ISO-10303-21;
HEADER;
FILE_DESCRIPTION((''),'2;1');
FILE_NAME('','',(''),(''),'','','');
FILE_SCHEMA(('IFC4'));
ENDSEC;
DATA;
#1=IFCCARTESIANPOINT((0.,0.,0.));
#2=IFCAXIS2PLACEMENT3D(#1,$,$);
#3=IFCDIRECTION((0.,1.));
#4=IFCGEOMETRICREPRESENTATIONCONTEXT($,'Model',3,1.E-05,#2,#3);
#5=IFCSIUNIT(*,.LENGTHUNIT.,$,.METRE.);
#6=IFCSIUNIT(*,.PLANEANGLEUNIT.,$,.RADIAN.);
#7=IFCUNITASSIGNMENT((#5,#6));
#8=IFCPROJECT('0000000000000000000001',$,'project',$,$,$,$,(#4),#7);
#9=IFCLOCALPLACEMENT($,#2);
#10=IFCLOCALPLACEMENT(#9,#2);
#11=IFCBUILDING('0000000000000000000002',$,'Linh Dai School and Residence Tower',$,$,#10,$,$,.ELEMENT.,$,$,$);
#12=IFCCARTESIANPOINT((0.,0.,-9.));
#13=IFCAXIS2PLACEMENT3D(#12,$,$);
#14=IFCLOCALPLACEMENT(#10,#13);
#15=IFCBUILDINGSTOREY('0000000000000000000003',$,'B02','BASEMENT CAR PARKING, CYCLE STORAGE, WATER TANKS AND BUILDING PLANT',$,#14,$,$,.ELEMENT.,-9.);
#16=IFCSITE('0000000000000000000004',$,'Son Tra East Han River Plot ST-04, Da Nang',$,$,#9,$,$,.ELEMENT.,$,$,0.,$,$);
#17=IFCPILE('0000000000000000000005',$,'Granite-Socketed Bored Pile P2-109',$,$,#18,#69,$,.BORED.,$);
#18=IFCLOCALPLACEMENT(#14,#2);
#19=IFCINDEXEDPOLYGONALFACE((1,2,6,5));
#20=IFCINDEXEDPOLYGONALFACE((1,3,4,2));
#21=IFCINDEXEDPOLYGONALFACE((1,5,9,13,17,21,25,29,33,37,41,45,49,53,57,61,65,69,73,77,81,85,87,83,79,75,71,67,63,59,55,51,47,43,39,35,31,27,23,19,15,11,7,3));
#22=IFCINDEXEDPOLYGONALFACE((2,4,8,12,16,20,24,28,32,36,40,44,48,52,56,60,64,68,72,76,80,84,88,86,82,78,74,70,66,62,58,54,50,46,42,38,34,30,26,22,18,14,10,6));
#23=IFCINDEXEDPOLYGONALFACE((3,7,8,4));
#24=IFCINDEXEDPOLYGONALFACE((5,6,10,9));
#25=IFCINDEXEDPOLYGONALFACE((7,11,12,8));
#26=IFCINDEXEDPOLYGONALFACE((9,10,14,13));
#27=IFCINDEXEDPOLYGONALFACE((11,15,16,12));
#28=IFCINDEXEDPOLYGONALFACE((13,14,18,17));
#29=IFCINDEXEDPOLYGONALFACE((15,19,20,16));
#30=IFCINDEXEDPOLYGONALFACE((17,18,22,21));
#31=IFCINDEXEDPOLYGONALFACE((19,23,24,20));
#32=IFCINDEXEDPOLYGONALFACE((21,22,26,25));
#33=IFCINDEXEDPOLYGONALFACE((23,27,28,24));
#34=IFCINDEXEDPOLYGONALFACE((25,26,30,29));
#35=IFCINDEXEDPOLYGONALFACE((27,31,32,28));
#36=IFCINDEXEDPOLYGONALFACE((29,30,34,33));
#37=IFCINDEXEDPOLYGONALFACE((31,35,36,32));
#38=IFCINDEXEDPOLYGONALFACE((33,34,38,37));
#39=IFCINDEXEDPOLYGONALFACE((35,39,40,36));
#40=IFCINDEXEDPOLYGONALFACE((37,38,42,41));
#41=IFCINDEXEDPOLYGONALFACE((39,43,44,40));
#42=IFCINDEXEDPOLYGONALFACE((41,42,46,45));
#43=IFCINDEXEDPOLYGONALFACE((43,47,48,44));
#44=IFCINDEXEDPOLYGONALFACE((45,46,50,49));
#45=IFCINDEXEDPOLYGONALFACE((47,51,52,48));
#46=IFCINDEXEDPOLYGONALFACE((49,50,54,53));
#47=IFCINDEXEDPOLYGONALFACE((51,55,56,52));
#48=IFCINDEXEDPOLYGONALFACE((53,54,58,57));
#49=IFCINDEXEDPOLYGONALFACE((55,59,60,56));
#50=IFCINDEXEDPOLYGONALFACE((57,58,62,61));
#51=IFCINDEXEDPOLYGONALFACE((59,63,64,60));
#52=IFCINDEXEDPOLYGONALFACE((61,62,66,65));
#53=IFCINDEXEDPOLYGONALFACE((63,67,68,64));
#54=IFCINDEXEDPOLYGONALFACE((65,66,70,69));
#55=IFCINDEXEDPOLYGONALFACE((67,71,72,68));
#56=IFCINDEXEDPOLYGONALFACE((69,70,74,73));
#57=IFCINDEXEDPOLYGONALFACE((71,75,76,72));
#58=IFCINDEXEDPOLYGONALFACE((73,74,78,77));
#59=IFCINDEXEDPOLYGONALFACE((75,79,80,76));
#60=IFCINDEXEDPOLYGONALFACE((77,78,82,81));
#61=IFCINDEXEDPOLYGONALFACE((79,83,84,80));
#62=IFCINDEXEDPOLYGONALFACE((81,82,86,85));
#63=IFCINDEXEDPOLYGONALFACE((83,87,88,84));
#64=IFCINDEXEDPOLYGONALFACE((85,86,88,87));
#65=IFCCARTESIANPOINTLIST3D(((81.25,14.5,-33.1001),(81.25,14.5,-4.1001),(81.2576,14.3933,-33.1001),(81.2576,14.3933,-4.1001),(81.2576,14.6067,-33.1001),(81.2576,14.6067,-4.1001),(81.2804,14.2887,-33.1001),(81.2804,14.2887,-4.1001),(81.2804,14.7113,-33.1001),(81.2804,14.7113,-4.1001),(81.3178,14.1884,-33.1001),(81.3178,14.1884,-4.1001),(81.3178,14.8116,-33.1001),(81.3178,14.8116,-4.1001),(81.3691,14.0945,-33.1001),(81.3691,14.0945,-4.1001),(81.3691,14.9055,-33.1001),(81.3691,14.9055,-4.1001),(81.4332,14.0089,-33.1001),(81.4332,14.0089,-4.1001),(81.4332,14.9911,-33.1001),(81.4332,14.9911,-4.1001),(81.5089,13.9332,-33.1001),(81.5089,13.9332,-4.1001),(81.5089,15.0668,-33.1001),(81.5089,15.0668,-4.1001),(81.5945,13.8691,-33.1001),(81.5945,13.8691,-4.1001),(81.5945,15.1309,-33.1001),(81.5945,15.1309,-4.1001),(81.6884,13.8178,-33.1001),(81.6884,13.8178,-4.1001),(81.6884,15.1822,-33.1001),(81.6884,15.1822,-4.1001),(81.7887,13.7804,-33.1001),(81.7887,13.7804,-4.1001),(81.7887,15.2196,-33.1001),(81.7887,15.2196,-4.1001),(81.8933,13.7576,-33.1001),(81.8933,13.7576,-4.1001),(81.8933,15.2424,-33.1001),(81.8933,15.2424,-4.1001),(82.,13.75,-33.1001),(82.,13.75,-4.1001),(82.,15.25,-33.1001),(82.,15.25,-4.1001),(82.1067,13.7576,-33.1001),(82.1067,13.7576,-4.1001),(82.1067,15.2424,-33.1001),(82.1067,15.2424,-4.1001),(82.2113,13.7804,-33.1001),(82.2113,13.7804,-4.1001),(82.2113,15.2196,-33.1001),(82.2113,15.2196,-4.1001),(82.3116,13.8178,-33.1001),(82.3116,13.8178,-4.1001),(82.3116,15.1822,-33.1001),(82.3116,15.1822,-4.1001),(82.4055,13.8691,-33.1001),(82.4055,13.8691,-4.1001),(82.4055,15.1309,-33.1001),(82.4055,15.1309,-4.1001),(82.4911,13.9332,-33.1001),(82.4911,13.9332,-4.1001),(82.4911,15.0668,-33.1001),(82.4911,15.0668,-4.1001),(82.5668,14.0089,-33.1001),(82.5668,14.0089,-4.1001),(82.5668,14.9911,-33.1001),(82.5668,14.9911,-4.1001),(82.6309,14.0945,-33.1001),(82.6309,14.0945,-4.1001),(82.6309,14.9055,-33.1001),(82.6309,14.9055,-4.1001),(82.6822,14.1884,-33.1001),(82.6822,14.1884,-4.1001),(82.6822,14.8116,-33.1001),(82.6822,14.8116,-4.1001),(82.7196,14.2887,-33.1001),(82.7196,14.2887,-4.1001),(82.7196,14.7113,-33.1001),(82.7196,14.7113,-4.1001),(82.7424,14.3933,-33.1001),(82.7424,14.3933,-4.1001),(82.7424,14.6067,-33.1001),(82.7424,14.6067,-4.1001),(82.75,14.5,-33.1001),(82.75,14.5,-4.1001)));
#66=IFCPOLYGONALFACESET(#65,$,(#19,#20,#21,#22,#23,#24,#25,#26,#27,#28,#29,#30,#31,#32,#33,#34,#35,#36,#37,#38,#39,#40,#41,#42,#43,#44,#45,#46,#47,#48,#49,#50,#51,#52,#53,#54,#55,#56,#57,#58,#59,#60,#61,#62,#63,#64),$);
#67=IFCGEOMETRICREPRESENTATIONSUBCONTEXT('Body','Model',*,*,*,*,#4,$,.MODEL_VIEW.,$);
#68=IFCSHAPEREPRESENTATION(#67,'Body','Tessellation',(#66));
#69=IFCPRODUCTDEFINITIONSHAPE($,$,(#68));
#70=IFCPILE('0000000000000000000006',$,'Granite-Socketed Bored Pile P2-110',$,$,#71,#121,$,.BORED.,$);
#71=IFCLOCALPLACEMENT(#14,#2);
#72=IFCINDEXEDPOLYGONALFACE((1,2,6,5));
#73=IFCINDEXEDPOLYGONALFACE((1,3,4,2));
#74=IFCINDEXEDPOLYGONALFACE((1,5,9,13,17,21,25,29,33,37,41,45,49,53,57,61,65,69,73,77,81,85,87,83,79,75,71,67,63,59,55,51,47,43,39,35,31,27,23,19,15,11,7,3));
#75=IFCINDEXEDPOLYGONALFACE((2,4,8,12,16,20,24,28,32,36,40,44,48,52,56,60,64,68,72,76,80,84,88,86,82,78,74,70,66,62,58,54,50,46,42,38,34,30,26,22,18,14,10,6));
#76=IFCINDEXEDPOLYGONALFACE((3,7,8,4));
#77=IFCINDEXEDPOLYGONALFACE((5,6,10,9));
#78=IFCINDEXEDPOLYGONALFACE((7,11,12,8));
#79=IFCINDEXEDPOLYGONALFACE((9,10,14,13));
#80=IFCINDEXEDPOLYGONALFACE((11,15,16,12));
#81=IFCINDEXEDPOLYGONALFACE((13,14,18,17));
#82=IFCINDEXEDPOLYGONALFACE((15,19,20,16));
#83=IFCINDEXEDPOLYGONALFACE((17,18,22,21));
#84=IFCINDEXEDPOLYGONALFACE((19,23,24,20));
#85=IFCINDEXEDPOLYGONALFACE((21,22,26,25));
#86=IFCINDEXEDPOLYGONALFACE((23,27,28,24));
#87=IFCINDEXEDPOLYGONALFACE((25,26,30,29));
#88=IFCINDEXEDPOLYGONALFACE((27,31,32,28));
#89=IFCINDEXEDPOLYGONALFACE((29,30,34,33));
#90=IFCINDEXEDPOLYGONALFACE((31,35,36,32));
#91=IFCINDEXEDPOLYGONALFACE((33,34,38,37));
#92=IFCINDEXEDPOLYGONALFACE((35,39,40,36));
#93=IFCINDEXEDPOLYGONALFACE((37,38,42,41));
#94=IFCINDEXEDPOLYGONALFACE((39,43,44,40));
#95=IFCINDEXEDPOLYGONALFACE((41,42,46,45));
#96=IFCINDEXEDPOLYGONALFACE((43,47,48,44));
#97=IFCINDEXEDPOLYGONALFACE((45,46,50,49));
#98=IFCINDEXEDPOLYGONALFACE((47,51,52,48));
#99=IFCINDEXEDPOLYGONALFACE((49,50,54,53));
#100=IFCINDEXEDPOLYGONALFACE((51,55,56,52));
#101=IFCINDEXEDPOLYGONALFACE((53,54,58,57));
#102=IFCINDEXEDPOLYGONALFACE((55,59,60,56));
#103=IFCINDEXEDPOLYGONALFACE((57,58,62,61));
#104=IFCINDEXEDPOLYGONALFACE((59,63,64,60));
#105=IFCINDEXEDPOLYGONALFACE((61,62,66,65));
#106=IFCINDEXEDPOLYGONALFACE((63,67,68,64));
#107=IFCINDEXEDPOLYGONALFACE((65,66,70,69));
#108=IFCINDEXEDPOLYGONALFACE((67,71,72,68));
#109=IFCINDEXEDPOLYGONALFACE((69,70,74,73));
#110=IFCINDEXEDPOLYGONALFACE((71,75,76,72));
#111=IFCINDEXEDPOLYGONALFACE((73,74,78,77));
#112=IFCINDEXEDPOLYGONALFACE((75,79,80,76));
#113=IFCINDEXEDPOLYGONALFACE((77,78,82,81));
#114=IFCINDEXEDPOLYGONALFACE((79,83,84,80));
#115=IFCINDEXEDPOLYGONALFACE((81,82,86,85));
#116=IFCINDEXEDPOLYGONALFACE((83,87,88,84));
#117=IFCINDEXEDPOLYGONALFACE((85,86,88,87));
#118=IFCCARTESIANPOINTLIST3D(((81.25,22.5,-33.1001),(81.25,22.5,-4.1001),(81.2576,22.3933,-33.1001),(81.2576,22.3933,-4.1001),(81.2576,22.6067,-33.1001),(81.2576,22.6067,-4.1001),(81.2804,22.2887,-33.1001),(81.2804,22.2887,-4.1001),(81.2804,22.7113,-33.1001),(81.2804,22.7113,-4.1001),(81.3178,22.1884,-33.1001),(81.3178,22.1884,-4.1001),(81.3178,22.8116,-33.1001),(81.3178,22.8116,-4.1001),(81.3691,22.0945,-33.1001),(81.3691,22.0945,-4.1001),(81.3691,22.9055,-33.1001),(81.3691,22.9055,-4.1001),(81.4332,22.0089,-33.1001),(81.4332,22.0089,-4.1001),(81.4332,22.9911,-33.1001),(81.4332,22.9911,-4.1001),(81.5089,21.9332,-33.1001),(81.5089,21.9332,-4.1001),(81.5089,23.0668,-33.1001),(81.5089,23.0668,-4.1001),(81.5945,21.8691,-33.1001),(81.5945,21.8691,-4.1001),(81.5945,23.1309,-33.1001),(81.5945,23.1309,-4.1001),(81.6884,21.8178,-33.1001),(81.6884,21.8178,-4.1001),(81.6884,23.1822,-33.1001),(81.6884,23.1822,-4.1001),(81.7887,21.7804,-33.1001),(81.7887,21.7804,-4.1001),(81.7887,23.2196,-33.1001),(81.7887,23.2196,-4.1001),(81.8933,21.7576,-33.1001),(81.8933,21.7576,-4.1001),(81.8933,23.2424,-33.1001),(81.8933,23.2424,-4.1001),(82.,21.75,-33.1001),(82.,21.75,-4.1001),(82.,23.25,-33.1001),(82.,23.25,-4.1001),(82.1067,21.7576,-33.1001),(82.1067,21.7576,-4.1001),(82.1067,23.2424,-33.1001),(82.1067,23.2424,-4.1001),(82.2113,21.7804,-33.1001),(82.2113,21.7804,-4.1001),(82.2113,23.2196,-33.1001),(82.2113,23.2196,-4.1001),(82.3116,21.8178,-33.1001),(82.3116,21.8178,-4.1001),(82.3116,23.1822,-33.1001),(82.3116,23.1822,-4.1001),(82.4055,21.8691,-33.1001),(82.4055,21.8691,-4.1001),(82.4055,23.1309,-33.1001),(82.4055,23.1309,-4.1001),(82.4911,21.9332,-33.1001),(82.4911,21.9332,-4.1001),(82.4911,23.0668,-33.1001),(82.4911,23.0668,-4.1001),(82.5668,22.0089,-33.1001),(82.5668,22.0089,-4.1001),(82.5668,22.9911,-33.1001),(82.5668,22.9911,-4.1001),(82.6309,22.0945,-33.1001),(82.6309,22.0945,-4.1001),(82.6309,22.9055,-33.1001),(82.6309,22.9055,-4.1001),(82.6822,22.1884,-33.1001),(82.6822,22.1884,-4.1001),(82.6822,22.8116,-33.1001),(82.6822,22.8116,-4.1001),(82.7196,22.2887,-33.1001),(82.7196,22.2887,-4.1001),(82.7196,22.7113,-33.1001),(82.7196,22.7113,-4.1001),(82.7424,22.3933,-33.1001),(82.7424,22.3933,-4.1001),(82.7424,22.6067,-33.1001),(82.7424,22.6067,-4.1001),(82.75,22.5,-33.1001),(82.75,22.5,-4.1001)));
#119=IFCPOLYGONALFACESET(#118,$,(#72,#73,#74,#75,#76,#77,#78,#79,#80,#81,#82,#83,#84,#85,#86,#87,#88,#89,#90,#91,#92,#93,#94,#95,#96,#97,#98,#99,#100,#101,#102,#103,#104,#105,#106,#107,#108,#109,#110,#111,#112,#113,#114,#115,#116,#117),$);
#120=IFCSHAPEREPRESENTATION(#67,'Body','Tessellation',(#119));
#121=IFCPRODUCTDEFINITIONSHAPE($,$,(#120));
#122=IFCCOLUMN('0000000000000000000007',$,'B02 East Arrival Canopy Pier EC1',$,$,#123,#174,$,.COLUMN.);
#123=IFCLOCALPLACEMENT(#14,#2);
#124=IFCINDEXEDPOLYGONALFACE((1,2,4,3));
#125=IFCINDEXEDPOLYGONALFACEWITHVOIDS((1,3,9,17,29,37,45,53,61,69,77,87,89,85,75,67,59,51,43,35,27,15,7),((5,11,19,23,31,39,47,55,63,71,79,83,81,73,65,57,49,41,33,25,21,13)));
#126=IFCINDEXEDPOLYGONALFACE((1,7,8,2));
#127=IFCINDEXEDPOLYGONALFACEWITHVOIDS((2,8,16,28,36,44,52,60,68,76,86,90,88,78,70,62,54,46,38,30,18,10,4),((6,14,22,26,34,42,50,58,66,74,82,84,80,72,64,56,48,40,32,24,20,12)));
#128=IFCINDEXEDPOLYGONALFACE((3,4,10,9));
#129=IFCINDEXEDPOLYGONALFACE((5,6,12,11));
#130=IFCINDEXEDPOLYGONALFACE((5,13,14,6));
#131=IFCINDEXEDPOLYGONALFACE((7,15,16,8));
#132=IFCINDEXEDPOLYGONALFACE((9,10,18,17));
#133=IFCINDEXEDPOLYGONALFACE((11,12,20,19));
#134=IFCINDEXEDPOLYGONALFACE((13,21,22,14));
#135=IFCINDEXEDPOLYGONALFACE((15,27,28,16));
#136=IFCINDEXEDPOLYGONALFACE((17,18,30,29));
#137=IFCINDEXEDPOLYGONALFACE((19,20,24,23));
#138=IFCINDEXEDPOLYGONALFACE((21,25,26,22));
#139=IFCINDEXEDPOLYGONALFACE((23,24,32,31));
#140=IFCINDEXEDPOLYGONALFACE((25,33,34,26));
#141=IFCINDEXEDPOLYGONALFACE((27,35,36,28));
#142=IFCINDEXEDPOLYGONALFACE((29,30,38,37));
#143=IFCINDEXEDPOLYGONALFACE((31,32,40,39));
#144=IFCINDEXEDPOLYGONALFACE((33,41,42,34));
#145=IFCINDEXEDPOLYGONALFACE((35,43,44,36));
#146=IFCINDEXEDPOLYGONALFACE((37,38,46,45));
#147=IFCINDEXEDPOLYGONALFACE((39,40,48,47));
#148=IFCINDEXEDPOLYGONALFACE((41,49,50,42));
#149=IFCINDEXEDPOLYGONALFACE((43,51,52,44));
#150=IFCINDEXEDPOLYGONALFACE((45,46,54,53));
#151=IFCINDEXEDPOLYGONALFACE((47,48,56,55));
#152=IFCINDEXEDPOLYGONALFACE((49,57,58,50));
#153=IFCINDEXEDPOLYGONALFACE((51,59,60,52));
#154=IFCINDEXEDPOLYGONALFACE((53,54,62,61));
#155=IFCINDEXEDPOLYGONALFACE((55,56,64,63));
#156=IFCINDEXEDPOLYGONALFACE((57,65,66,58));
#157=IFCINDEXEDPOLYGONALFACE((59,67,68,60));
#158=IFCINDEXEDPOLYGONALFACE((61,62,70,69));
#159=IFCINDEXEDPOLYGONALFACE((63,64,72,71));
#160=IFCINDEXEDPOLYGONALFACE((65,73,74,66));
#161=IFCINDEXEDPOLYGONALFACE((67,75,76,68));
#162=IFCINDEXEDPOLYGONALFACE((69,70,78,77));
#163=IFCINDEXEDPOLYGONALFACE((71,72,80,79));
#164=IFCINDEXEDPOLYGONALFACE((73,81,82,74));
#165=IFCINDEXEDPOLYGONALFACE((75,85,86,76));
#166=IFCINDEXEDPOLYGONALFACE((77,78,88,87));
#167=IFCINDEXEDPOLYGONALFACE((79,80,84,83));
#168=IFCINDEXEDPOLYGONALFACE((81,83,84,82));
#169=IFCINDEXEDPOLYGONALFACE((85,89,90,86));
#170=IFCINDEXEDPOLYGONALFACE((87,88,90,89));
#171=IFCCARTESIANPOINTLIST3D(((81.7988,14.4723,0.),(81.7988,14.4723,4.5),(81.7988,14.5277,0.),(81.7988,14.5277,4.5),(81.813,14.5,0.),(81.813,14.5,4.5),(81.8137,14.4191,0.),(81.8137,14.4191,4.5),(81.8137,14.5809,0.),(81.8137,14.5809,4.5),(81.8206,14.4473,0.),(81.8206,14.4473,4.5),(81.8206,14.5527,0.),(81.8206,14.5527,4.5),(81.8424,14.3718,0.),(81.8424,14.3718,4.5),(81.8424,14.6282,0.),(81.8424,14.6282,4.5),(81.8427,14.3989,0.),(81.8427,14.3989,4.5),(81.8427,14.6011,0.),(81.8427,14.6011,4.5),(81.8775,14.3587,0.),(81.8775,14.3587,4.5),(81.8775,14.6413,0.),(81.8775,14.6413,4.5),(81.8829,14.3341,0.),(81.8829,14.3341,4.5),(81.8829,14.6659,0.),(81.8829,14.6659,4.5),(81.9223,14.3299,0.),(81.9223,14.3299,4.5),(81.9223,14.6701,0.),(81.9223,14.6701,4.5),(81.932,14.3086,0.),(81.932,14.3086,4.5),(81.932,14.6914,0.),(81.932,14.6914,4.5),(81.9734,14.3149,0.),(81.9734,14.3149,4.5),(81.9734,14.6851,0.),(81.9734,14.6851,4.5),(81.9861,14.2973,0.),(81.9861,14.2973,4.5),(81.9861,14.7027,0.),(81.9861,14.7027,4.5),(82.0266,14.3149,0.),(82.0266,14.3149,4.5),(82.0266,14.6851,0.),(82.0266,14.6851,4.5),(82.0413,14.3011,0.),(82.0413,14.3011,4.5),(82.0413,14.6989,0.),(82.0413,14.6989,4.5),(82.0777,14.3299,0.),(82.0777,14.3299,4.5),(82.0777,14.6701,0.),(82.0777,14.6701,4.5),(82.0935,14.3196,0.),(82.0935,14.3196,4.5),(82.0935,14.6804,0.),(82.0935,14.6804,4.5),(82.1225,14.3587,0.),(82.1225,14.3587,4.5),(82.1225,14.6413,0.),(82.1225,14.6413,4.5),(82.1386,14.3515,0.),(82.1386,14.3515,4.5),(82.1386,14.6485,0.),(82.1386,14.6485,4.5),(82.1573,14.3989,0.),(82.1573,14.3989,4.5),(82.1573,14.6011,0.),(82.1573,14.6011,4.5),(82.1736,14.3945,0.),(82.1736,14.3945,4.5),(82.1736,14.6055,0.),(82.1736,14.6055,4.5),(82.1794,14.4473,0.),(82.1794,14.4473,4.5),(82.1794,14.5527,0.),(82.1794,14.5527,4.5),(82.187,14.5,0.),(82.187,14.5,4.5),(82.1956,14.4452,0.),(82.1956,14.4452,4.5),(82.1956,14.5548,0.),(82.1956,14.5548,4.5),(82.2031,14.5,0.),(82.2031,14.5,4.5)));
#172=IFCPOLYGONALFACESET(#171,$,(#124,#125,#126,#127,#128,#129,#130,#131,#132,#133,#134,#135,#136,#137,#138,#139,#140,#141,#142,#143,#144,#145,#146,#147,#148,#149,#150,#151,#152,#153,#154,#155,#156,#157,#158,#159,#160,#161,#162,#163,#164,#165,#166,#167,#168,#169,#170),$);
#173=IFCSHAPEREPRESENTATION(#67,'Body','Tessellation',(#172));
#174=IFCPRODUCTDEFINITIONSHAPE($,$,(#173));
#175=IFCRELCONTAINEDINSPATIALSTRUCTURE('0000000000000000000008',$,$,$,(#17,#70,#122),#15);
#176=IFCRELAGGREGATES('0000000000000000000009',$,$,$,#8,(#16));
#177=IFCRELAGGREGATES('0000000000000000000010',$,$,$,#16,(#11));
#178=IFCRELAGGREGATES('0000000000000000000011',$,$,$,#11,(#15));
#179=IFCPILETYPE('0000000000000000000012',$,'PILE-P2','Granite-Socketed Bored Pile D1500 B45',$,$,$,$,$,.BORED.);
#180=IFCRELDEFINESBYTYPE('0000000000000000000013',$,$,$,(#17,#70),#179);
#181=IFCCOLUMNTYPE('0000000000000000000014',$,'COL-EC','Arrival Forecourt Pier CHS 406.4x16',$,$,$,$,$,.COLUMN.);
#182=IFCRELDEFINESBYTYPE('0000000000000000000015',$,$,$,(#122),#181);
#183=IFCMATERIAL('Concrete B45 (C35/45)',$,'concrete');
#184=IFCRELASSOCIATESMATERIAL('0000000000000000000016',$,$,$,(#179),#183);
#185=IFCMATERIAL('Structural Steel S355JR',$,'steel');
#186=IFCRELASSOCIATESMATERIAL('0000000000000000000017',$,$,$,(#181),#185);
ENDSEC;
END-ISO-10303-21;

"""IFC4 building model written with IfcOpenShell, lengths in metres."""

from ifc_helpers import new_model, si_unit, direction, frame, origin, origin_2d, place, context, subcontext, project, spatial, circle, hollow_circle, extrude, material, material_profile, profile_set, type_object, element, save


model = new_model("IFC4")

# Units and contexts
model_context = context("Model", 3, precision=1e-05, world=origin(), true_north=direction((0.0, 1.0)))
body_context = subcontext(model_context, "Body", "Model", "MODEL_VIEW")
ifc_project = project(units=[si_unit("LENGTHUNIT", "METRE"), si_unit("PLANEANGLEUNIT", "RADIAN")], contexts=[model_context])

# Site, building, storey
site_placement = place(None, origin())
site = spatial("IfcSite", under=ifc_project, at=site_placement, Name="Son Tra East Han River Plot ST-04, Da Nang", CompositionType="ELEMENT", RefElevation=0.0)
building_placement = place(site_placement, origin())
building = spatial("IfcBuilding", under=site, at=building_placement, Name="Linh Dai School and Residence Tower", CompositionType="ELEMENT")
storey_placement = place(building_placement, frame((0.0, 0.0, -9.0)))
storey = spatial("IfcBuildingStorey", under=building, at=storey_placement, Name="B02", Description="BASEMENT CAR PARKING, CYCLE STORAGE, WATER TANKS AND BUILDING PLANT", CompositionType="ELEMENT", Elevation=-9.0)

# Piles
ifc_material_1 = material(Name="Concrete B45 (C35/45)", Category="concrete")
ifc_material_profile_1 = material_profile(ifc_material_1, circle(Radius=0.75, at=origin_2d()), Name="PILE D1500")
ifc_profile_set_1 = profile_set([ifc_material_profile_1], Name="Concrete B45 (C35/45)")
pile_type = type_object("IfcPileType", Name="PILE-P2", Description="Granite-Socketed Bored Pile D1500 B45", PredefinedType="BORED", material=ifc_profile_set_1)
for number, where, z_axis, x_axis, name in (
    (1, (82.0, 14.5, -4.1001), (0.0, 0.0, -1.0), (1.0, 0.0, 0.0), "Granite-Socketed Bored Pile P2-109"),
    (2, (82.0, 22.5, -4.1001), (0.0, 0.0, -1.0), (1.0, 0.0, 0.0), "Granite-Socketed Bored Pile P2-110"),
):
    element("IfcPile", number, at=place(storey_placement, frame(where, z_axis=z_axis, x_axis=x_axis)), inside=storey, type_object=pile_type, Name=name, PredefinedType="BORED", context=body_context, shape_type="SweptSolid", body=[
        extrude(circle(Radius=0.75, at=origin_2d()), origin(), (0.0, 0.0, 1.0), 29.0),
    ])

# Column
ifc_material_2 = material(Name="Structural Steel S355JR", Category="steel")
ifc_material_profile_2 = material_profile(ifc_material_2, hollow_circle(Radius=0.2031, WallThickness=0.0161, at=origin_2d()), Name="CHS 406.4x16")
ifc_profile_set_2 = profile_set([ifc_material_profile_2], Name="Structural Steel S355JR")
column_type_1 = type_object("IfcColumnType", Name="COL-EC", Description="Arrival Forecourt Pier CHS 406.4x16", PredefinedType="COLUMN", material=ifc_profile_set_2)
for number, where, z_axis, x_axis, name in (
    (3, (82.0, 14.5, 0.0), (0.0, 0.0, 1.0), (1.0, 0.0, 0.0), "B02 East Arrival Canopy Pier EC1"),
):
    element("IfcColumn", number, at=place(storey_placement, frame(where, z_axis=z_axis, x_axis=x_axis)), inside=storey, type_object=column_type_1, Name=name, PredefinedType="COLUMN", context=body_context, shape_type="SweptSolid", body=[
        extrude(hollow_circle(Radius=0.2031, WallThickness=0.0161, at=origin_2d()), origin(), (0.0, 0.0, 1.0), 4.5),
    ])

save(model, "model.ifc")
